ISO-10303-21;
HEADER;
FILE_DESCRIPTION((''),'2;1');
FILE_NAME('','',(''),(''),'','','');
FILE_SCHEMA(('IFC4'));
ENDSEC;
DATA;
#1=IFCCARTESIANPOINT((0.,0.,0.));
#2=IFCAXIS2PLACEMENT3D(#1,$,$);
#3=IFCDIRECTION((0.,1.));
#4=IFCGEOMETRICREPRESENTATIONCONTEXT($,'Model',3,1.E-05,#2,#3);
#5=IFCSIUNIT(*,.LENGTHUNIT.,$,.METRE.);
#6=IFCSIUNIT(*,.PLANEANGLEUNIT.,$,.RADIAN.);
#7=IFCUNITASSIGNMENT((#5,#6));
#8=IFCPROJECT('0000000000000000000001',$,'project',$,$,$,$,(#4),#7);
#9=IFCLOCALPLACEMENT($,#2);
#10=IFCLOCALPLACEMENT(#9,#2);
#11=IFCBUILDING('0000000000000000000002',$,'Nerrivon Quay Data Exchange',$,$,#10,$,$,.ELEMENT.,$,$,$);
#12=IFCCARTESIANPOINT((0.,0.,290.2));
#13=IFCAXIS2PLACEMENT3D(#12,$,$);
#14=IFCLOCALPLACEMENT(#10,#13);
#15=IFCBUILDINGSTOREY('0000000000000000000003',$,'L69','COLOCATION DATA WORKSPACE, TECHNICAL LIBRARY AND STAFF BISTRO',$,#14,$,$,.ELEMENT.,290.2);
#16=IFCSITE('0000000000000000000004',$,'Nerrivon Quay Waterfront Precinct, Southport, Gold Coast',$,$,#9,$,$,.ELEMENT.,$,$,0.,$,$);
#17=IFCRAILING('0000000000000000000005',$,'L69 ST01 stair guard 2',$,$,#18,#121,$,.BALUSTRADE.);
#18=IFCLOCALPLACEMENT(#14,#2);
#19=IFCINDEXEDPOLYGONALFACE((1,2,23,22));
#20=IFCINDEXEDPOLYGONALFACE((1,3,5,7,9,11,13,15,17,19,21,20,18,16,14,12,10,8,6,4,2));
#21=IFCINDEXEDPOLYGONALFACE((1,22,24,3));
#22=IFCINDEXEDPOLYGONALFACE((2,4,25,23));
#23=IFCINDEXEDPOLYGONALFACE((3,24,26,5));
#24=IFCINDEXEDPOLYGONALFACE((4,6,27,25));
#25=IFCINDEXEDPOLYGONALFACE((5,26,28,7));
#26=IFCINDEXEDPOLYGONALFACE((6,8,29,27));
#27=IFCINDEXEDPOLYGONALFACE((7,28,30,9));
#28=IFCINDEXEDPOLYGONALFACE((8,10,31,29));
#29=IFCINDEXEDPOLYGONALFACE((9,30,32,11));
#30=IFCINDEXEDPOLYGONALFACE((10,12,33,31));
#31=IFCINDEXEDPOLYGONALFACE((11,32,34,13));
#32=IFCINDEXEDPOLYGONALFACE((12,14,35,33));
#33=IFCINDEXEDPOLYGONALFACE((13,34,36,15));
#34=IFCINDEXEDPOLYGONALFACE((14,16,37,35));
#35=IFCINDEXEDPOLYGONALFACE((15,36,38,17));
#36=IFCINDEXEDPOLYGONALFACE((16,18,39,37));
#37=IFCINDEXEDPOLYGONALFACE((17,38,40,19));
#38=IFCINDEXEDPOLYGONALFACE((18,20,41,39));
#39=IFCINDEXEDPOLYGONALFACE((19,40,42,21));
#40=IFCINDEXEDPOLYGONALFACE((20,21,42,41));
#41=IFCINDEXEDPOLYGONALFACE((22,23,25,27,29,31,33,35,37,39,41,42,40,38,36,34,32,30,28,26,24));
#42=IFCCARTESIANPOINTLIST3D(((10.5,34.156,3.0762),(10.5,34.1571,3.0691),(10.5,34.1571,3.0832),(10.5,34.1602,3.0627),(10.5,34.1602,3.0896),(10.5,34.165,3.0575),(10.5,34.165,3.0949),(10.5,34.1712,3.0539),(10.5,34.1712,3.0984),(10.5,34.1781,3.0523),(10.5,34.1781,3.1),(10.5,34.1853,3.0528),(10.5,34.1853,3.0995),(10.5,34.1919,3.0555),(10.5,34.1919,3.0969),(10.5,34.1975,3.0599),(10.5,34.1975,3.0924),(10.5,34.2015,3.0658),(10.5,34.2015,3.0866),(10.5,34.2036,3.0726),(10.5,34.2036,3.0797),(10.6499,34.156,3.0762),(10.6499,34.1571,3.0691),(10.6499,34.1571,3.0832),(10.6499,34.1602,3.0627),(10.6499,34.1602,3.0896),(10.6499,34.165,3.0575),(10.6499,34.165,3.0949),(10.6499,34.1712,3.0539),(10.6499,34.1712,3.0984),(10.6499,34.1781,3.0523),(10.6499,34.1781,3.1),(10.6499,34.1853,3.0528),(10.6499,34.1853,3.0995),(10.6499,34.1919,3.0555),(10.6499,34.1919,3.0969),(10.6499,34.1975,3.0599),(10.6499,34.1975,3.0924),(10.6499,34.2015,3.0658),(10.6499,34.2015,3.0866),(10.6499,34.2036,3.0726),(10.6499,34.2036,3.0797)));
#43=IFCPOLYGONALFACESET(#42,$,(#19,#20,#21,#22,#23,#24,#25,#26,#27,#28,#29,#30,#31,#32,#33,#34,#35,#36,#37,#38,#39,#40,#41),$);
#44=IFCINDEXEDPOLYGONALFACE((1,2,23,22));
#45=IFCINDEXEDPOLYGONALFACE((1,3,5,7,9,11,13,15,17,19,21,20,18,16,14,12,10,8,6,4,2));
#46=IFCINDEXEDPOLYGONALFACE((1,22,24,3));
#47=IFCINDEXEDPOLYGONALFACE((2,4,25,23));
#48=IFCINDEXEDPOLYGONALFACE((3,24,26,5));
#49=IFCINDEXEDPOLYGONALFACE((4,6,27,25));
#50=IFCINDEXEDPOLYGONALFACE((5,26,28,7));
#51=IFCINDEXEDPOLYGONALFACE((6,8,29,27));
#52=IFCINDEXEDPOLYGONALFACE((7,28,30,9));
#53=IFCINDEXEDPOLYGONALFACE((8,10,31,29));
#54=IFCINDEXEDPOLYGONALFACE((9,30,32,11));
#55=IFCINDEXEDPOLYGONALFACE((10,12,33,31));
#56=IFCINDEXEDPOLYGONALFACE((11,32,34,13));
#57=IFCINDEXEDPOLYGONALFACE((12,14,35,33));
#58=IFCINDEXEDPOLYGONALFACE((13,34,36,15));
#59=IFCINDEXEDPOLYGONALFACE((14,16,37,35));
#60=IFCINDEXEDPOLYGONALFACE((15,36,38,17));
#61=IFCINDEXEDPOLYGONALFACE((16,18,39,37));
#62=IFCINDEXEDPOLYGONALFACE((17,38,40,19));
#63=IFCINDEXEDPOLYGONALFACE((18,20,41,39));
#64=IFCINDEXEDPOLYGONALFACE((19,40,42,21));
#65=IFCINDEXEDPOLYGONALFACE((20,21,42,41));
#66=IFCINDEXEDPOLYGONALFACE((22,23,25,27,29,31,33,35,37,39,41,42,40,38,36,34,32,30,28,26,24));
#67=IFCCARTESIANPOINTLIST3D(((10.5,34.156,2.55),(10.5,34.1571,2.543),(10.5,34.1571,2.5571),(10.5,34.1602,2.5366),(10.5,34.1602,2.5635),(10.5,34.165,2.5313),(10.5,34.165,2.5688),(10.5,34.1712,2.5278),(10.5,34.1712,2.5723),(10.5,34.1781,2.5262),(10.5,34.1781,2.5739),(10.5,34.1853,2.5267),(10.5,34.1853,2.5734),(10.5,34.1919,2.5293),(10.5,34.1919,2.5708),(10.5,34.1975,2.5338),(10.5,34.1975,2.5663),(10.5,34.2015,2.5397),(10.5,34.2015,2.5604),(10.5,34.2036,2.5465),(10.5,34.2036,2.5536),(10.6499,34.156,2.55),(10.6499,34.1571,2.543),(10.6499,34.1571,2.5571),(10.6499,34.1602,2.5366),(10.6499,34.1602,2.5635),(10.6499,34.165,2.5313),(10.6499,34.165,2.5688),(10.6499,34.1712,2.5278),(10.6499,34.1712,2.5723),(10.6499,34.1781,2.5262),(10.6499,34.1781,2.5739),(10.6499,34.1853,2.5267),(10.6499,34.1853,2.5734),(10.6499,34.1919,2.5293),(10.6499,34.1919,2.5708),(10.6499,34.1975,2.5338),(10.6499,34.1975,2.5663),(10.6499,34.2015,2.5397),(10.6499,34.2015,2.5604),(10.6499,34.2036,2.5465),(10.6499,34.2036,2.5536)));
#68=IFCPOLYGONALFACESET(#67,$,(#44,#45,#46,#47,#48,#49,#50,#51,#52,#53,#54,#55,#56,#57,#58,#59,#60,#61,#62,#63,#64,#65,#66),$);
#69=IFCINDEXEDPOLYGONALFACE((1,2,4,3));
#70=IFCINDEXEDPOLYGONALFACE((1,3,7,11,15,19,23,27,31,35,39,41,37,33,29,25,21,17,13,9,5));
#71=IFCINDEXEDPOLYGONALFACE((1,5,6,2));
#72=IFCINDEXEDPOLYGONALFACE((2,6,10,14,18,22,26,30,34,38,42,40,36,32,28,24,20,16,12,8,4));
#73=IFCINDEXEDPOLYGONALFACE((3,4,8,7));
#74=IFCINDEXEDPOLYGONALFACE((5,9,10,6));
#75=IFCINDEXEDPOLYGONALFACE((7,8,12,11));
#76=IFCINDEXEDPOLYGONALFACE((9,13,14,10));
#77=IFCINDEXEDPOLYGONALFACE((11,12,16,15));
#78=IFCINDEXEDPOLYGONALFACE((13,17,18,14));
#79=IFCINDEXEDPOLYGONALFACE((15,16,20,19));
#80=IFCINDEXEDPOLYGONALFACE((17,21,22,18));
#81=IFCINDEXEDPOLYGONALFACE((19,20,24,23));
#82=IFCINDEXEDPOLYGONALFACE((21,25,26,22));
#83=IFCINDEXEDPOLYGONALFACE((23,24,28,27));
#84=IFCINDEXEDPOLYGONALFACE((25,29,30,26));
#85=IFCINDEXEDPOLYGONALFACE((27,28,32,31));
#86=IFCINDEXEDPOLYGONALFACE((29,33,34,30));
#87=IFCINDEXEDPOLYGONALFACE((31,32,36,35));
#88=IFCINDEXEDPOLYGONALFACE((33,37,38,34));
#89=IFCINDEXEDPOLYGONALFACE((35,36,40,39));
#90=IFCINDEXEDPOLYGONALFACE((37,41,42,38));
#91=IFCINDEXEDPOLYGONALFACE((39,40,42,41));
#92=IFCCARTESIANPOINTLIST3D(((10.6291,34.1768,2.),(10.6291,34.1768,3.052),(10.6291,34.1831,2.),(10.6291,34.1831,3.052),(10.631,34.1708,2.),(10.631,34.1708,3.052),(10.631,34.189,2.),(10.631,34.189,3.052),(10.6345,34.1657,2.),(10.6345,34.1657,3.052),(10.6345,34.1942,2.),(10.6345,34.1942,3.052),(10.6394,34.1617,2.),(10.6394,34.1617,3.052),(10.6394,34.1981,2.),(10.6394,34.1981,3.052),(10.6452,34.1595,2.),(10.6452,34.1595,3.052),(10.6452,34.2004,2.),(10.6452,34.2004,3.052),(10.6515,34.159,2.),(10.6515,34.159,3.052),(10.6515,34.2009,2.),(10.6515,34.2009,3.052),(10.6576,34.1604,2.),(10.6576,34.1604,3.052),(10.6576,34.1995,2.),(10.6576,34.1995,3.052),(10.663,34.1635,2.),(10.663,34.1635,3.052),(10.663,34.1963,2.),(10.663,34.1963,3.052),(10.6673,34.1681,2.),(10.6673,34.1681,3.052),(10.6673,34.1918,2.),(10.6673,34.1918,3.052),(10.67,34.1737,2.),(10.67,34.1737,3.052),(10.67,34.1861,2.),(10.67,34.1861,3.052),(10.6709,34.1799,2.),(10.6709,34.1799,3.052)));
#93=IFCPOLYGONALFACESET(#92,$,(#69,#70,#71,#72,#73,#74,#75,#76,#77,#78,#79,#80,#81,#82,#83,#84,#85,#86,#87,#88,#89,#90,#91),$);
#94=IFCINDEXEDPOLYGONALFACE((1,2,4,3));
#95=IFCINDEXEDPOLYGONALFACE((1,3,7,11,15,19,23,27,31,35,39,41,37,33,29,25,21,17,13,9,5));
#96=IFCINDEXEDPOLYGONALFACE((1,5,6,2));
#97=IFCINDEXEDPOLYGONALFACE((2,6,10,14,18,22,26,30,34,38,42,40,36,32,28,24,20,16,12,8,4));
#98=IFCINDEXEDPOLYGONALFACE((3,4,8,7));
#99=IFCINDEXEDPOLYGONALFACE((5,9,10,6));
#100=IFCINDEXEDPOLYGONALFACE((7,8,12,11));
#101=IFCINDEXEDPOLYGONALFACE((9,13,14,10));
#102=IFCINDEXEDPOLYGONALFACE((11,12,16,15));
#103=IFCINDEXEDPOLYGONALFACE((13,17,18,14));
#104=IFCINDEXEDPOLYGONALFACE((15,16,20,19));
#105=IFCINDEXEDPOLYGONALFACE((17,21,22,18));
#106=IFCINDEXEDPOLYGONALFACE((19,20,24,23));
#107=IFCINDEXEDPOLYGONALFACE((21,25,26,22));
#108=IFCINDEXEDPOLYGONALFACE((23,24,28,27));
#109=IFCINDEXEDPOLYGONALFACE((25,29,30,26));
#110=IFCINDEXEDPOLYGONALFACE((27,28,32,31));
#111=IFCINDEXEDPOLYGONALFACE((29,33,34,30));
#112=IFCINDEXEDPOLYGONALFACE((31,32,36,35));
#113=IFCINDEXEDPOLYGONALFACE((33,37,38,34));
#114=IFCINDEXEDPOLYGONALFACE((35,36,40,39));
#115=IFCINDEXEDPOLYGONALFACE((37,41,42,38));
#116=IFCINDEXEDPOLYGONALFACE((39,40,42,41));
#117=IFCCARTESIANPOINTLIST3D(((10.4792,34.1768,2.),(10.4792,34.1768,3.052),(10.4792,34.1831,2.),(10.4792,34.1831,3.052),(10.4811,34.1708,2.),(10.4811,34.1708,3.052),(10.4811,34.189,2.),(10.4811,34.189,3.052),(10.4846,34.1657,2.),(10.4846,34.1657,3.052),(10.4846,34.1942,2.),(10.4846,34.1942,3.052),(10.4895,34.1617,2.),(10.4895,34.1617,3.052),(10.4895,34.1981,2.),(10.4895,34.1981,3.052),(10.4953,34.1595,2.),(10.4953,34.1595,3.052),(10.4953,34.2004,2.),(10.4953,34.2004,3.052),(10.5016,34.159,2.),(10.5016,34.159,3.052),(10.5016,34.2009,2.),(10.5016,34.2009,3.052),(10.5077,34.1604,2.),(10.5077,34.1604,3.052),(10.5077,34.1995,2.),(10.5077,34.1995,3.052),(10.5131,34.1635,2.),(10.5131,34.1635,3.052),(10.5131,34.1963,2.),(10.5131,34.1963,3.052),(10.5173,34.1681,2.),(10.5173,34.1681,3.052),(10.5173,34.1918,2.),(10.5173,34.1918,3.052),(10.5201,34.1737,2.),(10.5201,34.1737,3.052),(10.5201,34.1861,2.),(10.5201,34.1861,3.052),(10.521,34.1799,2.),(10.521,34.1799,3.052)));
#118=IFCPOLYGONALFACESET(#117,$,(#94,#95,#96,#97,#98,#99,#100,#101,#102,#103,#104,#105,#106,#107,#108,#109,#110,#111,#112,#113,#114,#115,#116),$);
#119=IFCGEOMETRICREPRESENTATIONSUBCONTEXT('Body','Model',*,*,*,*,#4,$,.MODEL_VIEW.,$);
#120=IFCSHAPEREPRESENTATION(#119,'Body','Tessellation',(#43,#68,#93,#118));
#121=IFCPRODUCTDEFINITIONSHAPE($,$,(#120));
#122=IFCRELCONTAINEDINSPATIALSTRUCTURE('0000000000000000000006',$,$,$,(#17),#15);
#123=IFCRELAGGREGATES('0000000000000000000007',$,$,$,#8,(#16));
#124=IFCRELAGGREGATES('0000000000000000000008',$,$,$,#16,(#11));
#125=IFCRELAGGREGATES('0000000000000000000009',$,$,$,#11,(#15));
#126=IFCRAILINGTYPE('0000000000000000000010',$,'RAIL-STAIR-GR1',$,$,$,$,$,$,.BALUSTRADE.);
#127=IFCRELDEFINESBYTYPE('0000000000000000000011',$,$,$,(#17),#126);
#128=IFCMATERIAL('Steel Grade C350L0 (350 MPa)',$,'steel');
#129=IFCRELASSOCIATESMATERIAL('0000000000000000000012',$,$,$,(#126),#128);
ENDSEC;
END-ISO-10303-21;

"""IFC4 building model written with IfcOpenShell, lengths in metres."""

from ifc_helpers import new_model, si_unit, direction, frame, origin, origin_2d, place, context, subcontext, project, spatial, circle, extrude, material, type_object, element, save


model = new_model("IFC4")

# Units and contexts
model_context = context("Model", 3, precision=1e-05, world=origin(), true_north=direction((0.0, 1.0)))
body_context = subcontext(model_context, "Body", "Model", "MODEL_VIEW")
ifc_project = project(units=[si_unit("LENGTHUNIT", "METRE"), si_unit("PLANEANGLEUNIT", "RADIAN")], contexts=[model_context])

# Site, building, storey
site_placement = place(None, origin())
site = spatial("IfcSite", under=ifc_project, at=site_placement, Name="Nerrivon Quay Waterfront Precinct, Southport, Gold Coast", CompositionType="ELEMENT", RefElevation=0.0)
building_placement = place(site_placement, origin())
building = spatial("IfcBuilding", under=site, at=building_placement, Name="Nerrivon Quay Data Exchange", CompositionType="ELEMENT")
storey_placement = place(building_placement, frame((0.0, 0.0, 290.2)))
storey = spatial("IfcBuildingStorey", under=building, at=storey_placement, Name="L69", Description="COLOCATION DATA WORKSPACE, TECHNICAL LIBRARY AND STAFF BISTRO", CompositionType="ELEMENT", Elevation=290.2)

# Shared definitions
ifc_material_1 = material(Name="Steel Grade C350L0 (350 MPa)", Category="steel")

# Railing
railing_type_1 = type_object("IfcRailingType", Name="RAIL-STAIR-GR1", PredefinedType="BALUSTRADE", material=ifc_material_1)
railing_1_placement = place(storey_placement, frame((10.6499, 34.1799, 2.0)))
element("IfcRailing", 1, at=railing_1_placement, inside=storey, type_object=railing_type_1, Name="L69 ST01 stair guard 2", PredefinedType="BALUSTRADE", context=body_context, shape_type="SweptSolid", body=[
    extrude(circle(Radius=0.0239, at=origin_2d()), frame((0.0, 0.0, 1.0762), z_axis=(-1.0, 0.0, 0.0), x_axis=(0.0, -1.0, 0.0)), (0.0, 0.0, 1.0), 0.1499),
    extrude(circle(Radius=0.0239, at=origin_2d()), frame((0.0, 0.0, 0.55), z_axis=(-1.0, 0.0, 0.0), x_axis=(0.0, -1.0, 0.0)), (0.0, 0.0, 1.0), 0.1499),
    extrude(circle(Radius=0.021, at=origin_2d()), origin(), (0.0, 0.0, 1.0), 1.052),
    extrude(circle(Radius=0.021, at=origin_2d()), frame((-0.1499, 0.0, 0.0)), (0.0, 0.0, 1.0), 1.052),
])

save(model, "model.ifc")
